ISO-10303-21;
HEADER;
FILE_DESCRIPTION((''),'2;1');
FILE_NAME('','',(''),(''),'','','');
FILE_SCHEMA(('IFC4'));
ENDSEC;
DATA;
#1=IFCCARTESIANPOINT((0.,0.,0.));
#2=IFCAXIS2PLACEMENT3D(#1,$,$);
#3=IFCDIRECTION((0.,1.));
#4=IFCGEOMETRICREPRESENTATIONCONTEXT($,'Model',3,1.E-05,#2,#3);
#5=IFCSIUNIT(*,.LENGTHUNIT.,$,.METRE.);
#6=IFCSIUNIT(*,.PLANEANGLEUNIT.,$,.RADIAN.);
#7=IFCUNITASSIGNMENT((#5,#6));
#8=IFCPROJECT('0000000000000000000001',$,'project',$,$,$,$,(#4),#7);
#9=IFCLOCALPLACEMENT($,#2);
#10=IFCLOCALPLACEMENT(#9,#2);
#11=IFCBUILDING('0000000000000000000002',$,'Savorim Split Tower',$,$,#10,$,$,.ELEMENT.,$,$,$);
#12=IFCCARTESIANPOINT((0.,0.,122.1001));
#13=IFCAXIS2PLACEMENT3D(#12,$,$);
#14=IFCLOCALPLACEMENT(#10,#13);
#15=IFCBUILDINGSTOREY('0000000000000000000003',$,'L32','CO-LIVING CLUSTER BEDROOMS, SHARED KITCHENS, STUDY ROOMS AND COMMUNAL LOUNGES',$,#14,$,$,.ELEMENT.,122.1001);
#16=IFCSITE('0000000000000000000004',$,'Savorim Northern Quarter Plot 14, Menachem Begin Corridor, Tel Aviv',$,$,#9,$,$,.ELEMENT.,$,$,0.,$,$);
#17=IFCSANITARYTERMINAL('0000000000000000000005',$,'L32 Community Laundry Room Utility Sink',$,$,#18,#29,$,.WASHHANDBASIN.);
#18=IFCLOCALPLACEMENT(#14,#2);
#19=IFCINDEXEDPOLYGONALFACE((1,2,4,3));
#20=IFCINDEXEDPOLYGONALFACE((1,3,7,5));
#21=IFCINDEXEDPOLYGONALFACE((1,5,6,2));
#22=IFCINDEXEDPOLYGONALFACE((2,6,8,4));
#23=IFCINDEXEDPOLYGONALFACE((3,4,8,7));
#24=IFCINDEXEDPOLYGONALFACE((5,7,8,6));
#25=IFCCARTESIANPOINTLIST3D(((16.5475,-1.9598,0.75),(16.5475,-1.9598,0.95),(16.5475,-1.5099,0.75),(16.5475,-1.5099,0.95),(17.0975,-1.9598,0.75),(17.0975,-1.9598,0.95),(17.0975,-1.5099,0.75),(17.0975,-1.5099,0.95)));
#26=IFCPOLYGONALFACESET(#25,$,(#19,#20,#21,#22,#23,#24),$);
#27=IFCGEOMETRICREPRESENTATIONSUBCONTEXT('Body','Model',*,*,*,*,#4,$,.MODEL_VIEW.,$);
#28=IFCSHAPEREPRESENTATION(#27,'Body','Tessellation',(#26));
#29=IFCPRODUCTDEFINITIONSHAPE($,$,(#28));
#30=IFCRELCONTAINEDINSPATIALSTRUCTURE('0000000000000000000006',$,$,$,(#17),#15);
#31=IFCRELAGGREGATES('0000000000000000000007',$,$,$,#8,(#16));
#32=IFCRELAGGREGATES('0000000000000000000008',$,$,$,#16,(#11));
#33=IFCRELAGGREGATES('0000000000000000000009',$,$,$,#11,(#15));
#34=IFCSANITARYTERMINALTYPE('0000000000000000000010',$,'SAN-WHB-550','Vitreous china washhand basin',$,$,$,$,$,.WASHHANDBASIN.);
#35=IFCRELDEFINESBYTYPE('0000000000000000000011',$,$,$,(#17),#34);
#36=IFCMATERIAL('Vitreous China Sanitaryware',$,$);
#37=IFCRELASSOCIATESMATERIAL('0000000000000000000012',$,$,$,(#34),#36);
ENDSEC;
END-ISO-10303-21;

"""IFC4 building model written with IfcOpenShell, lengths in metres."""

from ifc_helpers import new_model, si_unit, direction, frame, origin, origin_2d, place, context, subcontext, project, spatial, rectangle, extrude, material, type_object, element, save


model = new_model("IFC4")

# Units and contexts
model_context = context("Model", 3, precision=1e-05, world=origin(), true_north=direction((0.0, 1.0)))
body_context = subcontext(model_context, "Body", "Model", "MODEL_VIEW")
ifc_project = project(units=[si_unit("LENGTHUNIT", "METRE"), si_unit("PLANEANGLEUNIT", "RADIAN")], contexts=[model_context])

# Site, building, storey
site_placement = place(None, origin())
site = spatial("IfcSite", under=ifc_project, at=site_placement, Name="Savorim Northern Quarter Plot 14, Menachem Begin Corridor, Tel Aviv", CompositionType="ELEMENT", RefElevation=0.0)
building_placement = place(site_placement, origin())
building = spatial("IfcBuilding", under=site, at=building_placement, Name="Savorim Split Tower", CompositionType="ELEMENT")
storey_placement = place(building_placement, frame((0.0, 0.0, 122.1001)))
storey = spatial("IfcBuildingStorey", under=building, at=storey_placement, Name="L32", Description="CO-LIVING CLUSTER BEDROOMS, SHARED KITCHENS, STUDY ROOMS AND COMMUNAL LOUNGES", CompositionType="ELEMENT", Elevation=122.1001)

# Sanitary terminal
ifc_material_1 = material(Name="Vitreous China Sanitaryware")
sanitary_terminal_type = type_object("IfcSanitaryTerminalType", Name="SAN-WHB-550", Description="Vitreous china washhand basin", PredefinedType="WASHHANDBASIN", material=ifc_material_1)
sanitary_terminal_placement = place(storey_placement, frame((16.8225, -1.7349, 0.75), z_axis=(0.0, 0.0, 1.0), x_axis=(1.0, 0.0, 0.0)))
element("IfcSanitaryTerminal", 1, at=sanitary_terminal_placement, inside=storey, type_object=sanitary_terminal_type, Name="L32 Community Laundry Room Utility Sink", PredefinedType="WASHHANDBASIN", context=body_context, shape_type="SweptSolid", body=[
    extrude(rectangle(XDim=0.55, YDim=0.45, at=origin_2d()), origin(), (0.0, 0.0, 1.0), 0.2),
])

save(model, "model.ifc")
